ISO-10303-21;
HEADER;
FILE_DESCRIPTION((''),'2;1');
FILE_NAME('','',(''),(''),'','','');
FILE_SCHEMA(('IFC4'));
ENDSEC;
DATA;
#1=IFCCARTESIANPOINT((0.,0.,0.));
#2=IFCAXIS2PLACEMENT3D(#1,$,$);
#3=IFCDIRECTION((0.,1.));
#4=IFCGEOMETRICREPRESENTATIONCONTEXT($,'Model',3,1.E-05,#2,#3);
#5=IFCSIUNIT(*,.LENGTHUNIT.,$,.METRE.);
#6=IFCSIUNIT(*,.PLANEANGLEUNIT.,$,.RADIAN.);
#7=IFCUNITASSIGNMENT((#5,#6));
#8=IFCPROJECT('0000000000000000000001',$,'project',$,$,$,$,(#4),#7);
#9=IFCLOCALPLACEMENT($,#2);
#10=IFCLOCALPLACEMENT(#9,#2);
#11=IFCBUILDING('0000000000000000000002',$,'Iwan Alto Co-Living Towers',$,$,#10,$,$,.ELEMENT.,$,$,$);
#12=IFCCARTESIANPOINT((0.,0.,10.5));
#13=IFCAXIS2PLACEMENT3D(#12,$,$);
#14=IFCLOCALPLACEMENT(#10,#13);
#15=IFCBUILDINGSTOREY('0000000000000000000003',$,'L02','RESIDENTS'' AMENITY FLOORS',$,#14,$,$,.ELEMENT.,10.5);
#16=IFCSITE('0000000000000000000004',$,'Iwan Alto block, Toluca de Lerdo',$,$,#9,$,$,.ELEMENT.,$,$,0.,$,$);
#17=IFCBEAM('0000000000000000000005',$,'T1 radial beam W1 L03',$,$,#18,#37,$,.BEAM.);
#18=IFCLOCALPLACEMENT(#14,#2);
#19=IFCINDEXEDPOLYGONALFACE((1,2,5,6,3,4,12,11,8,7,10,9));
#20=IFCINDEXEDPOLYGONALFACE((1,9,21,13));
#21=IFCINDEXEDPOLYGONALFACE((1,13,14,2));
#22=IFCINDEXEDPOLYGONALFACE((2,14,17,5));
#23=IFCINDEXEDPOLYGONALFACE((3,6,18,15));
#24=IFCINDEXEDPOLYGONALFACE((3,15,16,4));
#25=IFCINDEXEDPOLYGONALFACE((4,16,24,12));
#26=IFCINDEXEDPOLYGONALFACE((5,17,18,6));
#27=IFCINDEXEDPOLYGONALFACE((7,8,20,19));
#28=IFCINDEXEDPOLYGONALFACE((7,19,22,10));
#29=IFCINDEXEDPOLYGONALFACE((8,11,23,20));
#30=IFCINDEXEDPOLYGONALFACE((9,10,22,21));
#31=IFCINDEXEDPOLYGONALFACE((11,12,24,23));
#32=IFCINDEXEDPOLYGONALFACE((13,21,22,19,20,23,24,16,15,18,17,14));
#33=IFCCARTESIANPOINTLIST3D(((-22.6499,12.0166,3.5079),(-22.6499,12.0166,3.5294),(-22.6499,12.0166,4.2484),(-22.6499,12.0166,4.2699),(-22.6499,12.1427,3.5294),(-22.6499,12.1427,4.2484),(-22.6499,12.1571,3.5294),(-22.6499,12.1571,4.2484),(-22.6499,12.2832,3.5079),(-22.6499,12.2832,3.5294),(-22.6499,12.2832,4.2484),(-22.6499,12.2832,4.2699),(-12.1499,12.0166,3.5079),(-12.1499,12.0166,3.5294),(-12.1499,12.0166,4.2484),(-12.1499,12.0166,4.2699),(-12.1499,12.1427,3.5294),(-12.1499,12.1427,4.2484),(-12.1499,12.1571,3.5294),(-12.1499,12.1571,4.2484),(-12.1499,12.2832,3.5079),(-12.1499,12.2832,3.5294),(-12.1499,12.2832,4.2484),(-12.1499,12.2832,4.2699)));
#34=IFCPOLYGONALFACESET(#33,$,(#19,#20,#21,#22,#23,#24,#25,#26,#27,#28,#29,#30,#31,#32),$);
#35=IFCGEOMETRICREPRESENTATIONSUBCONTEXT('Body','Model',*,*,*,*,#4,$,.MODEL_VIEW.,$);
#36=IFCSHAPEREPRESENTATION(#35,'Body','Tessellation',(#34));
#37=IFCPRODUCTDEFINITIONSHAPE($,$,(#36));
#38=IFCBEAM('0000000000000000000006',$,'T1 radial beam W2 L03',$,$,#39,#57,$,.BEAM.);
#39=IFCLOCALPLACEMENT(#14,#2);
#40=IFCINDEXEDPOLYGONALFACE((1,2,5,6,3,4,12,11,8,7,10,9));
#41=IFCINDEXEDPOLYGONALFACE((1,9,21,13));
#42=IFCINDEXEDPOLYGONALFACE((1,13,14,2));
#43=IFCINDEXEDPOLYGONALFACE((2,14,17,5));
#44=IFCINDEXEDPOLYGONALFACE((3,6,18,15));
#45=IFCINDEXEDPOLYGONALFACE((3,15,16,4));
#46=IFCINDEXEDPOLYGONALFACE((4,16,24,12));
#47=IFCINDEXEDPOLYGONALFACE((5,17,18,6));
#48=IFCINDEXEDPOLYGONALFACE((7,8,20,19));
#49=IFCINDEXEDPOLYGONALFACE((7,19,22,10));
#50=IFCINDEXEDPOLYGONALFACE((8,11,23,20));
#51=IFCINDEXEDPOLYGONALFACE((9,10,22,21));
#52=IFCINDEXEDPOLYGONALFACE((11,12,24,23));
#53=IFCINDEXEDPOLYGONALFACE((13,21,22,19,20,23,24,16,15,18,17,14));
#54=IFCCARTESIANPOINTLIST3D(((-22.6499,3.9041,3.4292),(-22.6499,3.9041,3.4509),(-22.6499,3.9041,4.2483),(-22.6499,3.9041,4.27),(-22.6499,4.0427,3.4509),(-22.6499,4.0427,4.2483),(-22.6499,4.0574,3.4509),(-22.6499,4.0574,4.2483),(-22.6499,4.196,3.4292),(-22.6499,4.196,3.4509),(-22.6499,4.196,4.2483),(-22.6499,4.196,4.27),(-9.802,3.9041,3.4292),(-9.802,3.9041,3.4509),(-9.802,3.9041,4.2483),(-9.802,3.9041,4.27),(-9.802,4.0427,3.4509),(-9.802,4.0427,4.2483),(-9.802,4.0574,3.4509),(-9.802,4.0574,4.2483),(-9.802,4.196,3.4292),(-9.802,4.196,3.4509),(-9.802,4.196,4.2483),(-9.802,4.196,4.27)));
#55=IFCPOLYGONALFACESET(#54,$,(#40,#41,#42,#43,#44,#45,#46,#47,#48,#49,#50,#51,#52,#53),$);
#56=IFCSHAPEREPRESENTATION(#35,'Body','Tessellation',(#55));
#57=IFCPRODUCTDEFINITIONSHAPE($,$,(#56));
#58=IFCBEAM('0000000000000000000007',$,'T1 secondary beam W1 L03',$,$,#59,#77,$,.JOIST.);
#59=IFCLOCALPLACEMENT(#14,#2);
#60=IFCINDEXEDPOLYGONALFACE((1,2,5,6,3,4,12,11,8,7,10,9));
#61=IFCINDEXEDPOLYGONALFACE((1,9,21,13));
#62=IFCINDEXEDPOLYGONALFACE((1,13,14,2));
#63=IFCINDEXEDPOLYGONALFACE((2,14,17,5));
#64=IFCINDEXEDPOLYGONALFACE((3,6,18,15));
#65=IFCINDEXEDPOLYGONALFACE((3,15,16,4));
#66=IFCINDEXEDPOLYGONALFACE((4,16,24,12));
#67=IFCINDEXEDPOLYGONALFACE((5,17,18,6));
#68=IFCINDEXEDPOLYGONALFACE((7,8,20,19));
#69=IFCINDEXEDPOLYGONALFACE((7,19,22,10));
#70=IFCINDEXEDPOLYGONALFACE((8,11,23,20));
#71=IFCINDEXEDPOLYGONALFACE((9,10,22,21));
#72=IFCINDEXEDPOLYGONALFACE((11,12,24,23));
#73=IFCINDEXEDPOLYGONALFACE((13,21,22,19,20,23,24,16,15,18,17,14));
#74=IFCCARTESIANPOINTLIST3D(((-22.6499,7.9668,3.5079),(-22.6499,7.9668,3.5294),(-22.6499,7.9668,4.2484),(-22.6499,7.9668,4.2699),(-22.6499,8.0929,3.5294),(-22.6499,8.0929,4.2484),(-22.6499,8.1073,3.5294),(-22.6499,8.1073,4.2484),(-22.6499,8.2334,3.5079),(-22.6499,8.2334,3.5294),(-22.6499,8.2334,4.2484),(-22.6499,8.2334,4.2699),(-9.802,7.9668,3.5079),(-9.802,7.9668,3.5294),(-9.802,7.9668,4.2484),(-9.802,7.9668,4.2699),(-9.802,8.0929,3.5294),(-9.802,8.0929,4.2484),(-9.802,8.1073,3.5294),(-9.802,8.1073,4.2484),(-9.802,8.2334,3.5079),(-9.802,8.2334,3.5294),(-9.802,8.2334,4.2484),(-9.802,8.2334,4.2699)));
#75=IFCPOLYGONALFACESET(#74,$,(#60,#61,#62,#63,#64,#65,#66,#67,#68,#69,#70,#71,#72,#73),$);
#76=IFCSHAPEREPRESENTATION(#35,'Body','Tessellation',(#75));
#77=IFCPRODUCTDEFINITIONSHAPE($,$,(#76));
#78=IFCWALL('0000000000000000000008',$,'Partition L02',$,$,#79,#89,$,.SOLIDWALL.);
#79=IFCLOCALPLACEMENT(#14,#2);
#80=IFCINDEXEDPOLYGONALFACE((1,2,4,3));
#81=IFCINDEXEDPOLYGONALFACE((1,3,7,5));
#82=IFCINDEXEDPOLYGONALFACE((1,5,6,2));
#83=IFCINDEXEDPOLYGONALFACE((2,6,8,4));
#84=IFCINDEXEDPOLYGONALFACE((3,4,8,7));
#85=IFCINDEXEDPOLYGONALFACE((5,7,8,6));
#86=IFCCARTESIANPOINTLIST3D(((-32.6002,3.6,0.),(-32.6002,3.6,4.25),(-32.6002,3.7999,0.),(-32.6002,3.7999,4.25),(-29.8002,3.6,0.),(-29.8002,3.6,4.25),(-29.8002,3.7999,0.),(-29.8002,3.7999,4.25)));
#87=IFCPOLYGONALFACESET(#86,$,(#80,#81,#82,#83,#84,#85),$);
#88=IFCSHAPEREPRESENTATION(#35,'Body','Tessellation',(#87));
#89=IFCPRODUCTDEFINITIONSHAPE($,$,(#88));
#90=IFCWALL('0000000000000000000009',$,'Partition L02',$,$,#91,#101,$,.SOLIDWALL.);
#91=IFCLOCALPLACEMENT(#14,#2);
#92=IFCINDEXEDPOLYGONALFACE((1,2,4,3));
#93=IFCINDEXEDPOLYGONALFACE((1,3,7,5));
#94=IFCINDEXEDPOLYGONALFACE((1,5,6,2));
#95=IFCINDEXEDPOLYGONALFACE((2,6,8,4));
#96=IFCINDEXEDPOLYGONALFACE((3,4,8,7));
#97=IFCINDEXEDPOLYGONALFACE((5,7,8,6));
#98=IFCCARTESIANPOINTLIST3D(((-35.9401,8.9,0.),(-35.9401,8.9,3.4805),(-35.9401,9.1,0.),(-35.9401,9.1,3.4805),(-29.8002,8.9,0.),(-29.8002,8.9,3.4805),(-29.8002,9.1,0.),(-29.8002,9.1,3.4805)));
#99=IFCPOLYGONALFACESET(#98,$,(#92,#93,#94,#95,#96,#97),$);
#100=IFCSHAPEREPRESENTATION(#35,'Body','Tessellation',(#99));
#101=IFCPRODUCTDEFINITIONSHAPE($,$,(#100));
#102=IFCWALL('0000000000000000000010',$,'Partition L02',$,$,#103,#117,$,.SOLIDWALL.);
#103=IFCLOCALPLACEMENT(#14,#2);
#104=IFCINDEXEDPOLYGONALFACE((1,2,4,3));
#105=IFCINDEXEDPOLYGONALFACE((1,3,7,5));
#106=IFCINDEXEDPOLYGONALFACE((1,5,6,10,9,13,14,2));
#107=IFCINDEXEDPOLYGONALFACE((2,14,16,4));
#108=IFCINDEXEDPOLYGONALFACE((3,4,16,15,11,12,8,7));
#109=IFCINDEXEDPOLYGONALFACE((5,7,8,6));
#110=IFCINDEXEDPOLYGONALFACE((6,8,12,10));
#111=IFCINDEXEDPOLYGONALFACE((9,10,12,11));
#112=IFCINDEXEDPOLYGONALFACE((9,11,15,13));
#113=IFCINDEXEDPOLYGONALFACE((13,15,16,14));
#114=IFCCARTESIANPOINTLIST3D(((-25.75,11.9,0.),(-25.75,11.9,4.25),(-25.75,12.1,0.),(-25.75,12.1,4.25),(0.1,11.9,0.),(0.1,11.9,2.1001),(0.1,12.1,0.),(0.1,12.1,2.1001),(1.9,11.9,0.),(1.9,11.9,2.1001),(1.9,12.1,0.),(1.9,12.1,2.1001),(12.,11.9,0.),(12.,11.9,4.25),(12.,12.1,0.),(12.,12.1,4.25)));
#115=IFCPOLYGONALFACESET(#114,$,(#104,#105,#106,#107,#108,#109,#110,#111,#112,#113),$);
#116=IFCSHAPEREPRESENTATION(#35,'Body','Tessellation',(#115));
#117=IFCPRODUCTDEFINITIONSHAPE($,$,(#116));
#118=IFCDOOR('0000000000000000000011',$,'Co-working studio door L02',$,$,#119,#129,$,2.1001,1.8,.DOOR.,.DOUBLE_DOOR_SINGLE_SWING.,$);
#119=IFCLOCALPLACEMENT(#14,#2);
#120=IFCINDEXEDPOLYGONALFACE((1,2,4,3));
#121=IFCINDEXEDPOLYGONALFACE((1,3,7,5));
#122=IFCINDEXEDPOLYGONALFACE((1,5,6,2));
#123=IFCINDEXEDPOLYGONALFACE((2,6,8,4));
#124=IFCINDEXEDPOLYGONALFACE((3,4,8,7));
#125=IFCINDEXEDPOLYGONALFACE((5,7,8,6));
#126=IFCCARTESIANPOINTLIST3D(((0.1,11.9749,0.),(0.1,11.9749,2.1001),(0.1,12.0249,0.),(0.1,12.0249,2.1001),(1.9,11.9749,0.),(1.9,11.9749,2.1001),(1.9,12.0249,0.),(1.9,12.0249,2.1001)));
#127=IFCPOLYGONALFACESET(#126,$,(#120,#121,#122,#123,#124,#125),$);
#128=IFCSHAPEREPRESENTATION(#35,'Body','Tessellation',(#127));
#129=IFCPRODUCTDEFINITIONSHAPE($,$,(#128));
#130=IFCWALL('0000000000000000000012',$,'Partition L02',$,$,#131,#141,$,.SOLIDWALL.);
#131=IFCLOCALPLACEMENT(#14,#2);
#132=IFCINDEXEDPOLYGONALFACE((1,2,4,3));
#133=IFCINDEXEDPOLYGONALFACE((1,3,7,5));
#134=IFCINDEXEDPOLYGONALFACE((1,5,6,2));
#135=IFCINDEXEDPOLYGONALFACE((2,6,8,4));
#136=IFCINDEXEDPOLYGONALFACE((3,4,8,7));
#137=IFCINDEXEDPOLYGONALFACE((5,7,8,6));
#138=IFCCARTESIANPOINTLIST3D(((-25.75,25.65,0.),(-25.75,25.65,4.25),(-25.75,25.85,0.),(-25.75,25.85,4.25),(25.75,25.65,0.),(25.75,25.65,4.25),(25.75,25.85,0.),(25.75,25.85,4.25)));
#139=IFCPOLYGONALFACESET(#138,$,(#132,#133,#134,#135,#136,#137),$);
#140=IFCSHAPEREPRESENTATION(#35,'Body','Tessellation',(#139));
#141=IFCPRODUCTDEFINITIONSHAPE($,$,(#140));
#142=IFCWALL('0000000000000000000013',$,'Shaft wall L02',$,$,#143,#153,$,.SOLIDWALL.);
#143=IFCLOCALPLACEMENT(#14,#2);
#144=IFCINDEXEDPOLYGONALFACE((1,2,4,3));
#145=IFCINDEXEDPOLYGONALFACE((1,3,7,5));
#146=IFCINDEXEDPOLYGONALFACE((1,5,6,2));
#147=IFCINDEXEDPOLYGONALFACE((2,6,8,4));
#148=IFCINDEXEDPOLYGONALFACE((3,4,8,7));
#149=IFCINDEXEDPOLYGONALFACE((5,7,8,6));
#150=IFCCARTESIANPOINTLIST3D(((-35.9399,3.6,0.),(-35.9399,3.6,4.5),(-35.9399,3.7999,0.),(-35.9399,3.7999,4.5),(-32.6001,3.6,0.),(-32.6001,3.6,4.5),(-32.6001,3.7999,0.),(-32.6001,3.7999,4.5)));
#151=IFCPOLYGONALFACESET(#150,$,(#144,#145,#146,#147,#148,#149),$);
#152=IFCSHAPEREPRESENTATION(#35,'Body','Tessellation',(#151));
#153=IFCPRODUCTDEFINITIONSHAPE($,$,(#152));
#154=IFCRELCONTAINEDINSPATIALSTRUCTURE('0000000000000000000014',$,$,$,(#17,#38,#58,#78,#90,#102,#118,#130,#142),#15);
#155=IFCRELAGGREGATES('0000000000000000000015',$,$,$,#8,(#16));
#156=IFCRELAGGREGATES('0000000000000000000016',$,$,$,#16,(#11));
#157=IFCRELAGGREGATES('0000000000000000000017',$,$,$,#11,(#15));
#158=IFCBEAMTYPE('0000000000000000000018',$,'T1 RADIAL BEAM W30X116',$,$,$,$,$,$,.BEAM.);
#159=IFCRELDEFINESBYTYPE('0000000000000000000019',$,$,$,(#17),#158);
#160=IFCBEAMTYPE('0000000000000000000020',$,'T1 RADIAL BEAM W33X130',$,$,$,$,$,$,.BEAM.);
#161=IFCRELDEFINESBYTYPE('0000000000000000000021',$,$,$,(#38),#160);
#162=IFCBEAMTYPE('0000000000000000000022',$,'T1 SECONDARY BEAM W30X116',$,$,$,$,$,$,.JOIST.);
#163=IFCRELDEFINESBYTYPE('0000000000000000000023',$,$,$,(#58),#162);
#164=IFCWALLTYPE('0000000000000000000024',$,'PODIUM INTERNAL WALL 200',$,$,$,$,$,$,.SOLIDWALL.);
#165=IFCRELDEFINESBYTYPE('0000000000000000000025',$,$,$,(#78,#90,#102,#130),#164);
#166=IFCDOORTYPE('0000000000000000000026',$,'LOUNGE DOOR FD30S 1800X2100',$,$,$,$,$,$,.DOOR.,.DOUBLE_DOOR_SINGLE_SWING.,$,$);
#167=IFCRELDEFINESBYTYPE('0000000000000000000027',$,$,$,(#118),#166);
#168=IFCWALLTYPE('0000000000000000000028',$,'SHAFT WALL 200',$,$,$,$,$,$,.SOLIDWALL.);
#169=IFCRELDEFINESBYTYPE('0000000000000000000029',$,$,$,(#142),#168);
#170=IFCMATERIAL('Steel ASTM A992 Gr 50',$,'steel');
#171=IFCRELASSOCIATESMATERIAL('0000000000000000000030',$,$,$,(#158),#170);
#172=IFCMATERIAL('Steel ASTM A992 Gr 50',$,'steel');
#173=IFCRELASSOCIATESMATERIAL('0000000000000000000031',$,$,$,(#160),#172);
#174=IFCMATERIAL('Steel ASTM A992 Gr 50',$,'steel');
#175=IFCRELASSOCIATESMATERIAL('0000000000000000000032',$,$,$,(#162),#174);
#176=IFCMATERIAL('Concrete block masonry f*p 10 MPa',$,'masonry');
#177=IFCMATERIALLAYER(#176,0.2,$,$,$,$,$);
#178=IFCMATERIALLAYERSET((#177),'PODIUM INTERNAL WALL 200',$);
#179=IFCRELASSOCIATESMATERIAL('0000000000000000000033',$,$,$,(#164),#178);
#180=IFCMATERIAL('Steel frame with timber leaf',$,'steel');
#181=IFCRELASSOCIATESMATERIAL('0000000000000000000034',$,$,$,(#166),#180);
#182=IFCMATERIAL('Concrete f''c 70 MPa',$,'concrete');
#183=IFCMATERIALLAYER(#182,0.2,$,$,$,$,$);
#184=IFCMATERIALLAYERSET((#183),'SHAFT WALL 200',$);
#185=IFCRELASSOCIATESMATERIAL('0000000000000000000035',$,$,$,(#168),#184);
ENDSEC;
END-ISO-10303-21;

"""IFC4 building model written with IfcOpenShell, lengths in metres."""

from ifc_helpers import new_model, si_unit, direction, frame, frame_2d, origin, origin_2d, place, context, subcontext, project, spatial, rectangle, i_section, extrude, material, layer, layer_set, material_profile, profile_set, type_object, element, fill, save


model = new_model("IFC4")

# Units and contexts
model_context = context("Model", 3, precision=1e-05, world=origin(), true_north=direction((0.0, 1.0)))
body_context = subcontext(model_context, "Body", "Model", "MODEL_VIEW")
ifc_project = project(units=[si_unit("LENGTHUNIT", "METRE"), si_unit("PLANEANGLEUNIT", "RADIAN")], contexts=[model_context])

# Site, building, storey
site_placement = place(None, origin())
site = spatial("IfcSite", under=ifc_project, at=site_placement, Name="Iwan Alto block, Toluca de Lerdo", CompositionType="ELEMENT", RefElevation=0.0)
building_placement = place(site_placement, origin())
building = spatial("IfcBuilding", under=site, at=building_placement, Name="Iwan Alto Co-Living Towers", CompositionType="ELEMENT")
storey_placement = place(building_placement, frame((0.0, 0.0, 10.5)))
storey = spatial("IfcBuildingStorey", under=building, at=storey_placement, Name="L02", Description="RESIDENTS' AMENITY FLOORS", CompositionType="ELEMENT", Elevation=10.5)

# Beams
ifc_material_1 = material(Name="Steel ASTM A992 Gr 50", Category="steel")
ifc_material_profile_1 = material_profile(ifc_material_1, i_section(OverallWidth=0.2666, OverallDepth=0.762, WebThickness=0.0144, FlangeThickness=0.0215, at=origin_2d()), Name="W30X116")
ifc_profile_set_1 = profile_set([ifc_material_profile_1], Name="Steel ASTM A992 Gr 50")
beam_type_1 = type_object("IfcBeamType", Name="T1 RADIAL BEAM W30X116", PredefinedType="BEAM", material=ifc_profile_set_1)
beam_1_placement = place(storey_placement, frame((-22.6499, 12.1499, 3.8889), z_axis=(1.0, 0.0, 0.0), x_axis=(0.0, 1.0, 0.0)))
element("IfcBeam", 1, at=beam_1_placement, inside=storey, type_object=beam_type_1, Name="T1 radial beam W1 L03", PredefinedType="BEAM", context=body_context, shape_type="SweptSolid", body=[
    extrude(i_section(OverallWidth=0.2666, OverallDepth=0.762, WebThickness=0.0144, FlangeThickness=0.0215, at=origin_2d()), origin(), (0.0, 0.0, 1.0), 10.5),
])
ifc_material_2 = material(Name="Steel ASTM A992 Gr 50", Category="steel")
ifc_material_profile_2 = material_profile(ifc_material_2, i_section(OverallWidth=0.292, OverallDepth=0.8408, WebThickness=0.0146, FlangeThickness=0.0217, at=origin_2d()), Name="W33X130")
ifc_profile_set_2 = profile_set([ifc_material_profile_2], Name="Steel ASTM A992 Gr 50")
beam_type_2 = type_object("IfcBeamType", Name="T1 RADIAL BEAM W33X130", PredefinedType="BEAM", material=ifc_profile_set_2)
beam_2_placement = place(storey_placement, frame((-22.6499, 4.05, 3.8496), z_axis=(1.0, 0.0, 0.0), x_axis=(0.0, 1.0, 0.0)))
element("IfcBeam", 2, at=beam_2_placement, inside=storey, type_object=beam_type_2, Name="T1 radial beam W2 L03", PredefinedType="BEAM", context=body_context, shape_type="SweptSolid", body=[
    extrude(i_section(OverallWidth=0.292, OverallDepth=0.8408, WebThickness=0.0146, FlangeThickness=0.0217, at=origin_2d()), origin(), (0.0, 0.0, 1.0), 12.8479),
])
ifc_material_3 = material(Name="Steel ASTM A992 Gr 50", Category="steel")
ifc_material_profile_3 = material_profile(ifc_material_3, i_section(OverallWidth=0.2666, OverallDepth=0.762, WebThickness=0.0144, FlangeThickness=0.0215, at=origin_2d()), Name="W30X116")
ifc_profile_set_3 = profile_set([ifc_material_profile_3], Name="Steel ASTM A992 Gr 50")
beam_type_3 = type_object("IfcBeamType", Name="T1 SECONDARY BEAM W30X116", PredefinedType="JOIST", material=ifc_profile_set_3)
beam_3_placement = place(storey_placement, frame((-22.6499, 8.1001, 3.8889), z_axis=(1.0, 0.0, 0.0), x_axis=(0.0, 1.0, 0.0)))
element("IfcBeam", 3, at=beam_3_placement, inside=storey, type_object=beam_type_3, Name="T1 secondary beam W1 L03", PredefinedType="JOIST", context=body_context, shape_type="SweptSolid", body=[
    extrude(i_section(OverallWidth=0.2666, OverallDepth=0.762, WebThickness=0.0144, FlangeThickness=0.0215, at=origin_2d()), origin(), (0.0, 0.0, 1.0), 12.8479),
])

# Walls
ifc_material_4 = material(Name="Concrete block masonry f*p 10 MPa", Category="masonry")
ifc_layer_1 = layer(ifc_material_4, 0.2)
ifc_layer_set_1 = layer_set([ifc_layer_1], Name="PODIUM INTERNAL WALL 200")
wall_type_1 = type_object("IfcWallType", Name="PODIUM INTERNAL WALL 200", PredefinedType="SOLIDWALL", material=ifc_layer_set_1)
wall_1_placement = place(storey_placement, frame((-32.6001, 3.7, 0.0), z_axis=(0.0, 0.0, 1.0), x_axis=(1.0, 0.0, 0.0)))
element("IfcWall", 4, at=wall_1_placement, inside=storey, type_object=wall_type_1, Name="Partition L02", PredefinedType="SOLIDWALL", context=body_context, shape_type="SweptSolid", body=[
    extrude(rectangle(XDim=2.8, YDim=0.2, at=frame_2d((1.3999, 0.0))), origin(), (0.0, 0.0, 1.0), 4.25),
])
wall_2_placement = place(storey_placement, frame((-35.9399, 9.0, 0.0), z_axis=(0.0, 0.0, 1.0), x_axis=(1.0, 0.0, 0.0)))
element("IfcWall", 5, at=wall_2_placement, inside=storey, type_object=wall_type_1, Name="Partition L02", PredefinedType="SOLIDWALL", context=body_context, shape_type="SweptSolid", body=[
    extrude(rectangle(XDim=6.1399, YDim=0.2, at=frame_2d((3.0698, 0.0))), origin(), (0.0, 0.0, 1.0), 3.4805),
])

# Wall, opening, door
wall_3_placement = place(storey_placement, frame((-25.75, 12.0, 0.0), z_axis=(0.0, 0.0, 1.0), x_axis=(1.0, 0.0, 0.0)))
wall_3 = element("IfcWall", 6, at=wall_3_placement, inside=storey, type_object=wall_type_1, Name="Partition L02", PredefinedType="SOLIDWALL", context=body_context, shape_type="SweptSolid", body=[
    extrude(rectangle(XDim=37.75, YDim=0.2, at=frame_2d((18.875, 0.0))), origin(), (0.0, 0.0, 1.0), 4.25),
])
opening_placement = place(wall_3_placement, frame((25.8501, 0.0, 0.0)))
opening = element("IfcOpeningElement", 7, at=opening_placement, cuts=wall_3, PredefinedType="OPENING", context=body_context, shape_type="SweptSolid", body=[
    extrude(rectangle(XDim=1.8, YDim=2.1001, at=frame_2d((0.8999, 1.05))), frame((0.0, 0.1099, 0.0), z_axis=(0.0, -1.0, 0.0), x_axis=(1.0, 0.0, 0.0)), (0.0, 0.0, 1.0), 0.22),
])
ifc_material_5 = material(Name="Steel frame with timber leaf", Category="steel")
door_type = type_object("IfcDoorType", Name="LOUNGE DOOR FD30S 1800X2100", OperationType="DOUBLE_DOOR_SINGLE_SWING", PredefinedType="DOOR", material=ifc_material_5)
door_placement = place(opening_placement, origin())
door = element("IfcDoor", 8, at=door_placement, inside=storey, type_object=door_type, Name="Co-working studio door L02", OperationType="DOUBLE_DOOR_SINGLE_SWING", OverallHeight=2.1001, OverallWidth=1.8, PredefinedType="DOOR", context=body_context, shape_type="SweptSolid", body=[
    extrude(rectangle(XDim=1.8, YDim=2.1001, at=frame_2d((0.8999, 1.05))), frame((0.0, 0.0249, 0.0), z_axis=(0.0, -1.0, 0.0), x_axis=(1.0, 0.0, 0.0)), (0.0, 0.0, 1.0), 0.05),
])
fill(opening, door)

# Walls
wall_4_placement = place(storey_placement, frame((-25.75, 25.75, 0.0), z_axis=(0.0, 0.0, 1.0), x_axis=(1.0, 0.0, 0.0)))
element("IfcWall", 9, at=wall_4_placement, inside=storey, type_object=wall_type_1, Name="Partition L02", PredefinedType="SOLIDWALL", context=body_context, shape_type="SweptSolid", body=[
    extrude(rectangle(XDim=51.5, YDim=0.2, at=frame_2d((25.75, 0.0))), origin(), (0.0, 0.0, 1.0), 4.25),
])
ifc_material_6 = material(Name="Concrete f'c 70 MPa", Category="concrete")
ifc_layer_2 = layer(ifc_material_6, 0.2)
ifc_layer_set_2 = layer_set([ifc_layer_2], Name="SHAFT WALL 200")
wall_type_2 = type_object("IfcWallType", Name="SHAFT WALL 200", PredefinedType="SOLIDWALL", material=ifc_layer_set_2)
wall_5_placement = place(storey_placement, frame((-35.9399, 3.7, 0.0), z_axis=(0.0, 0.0, 1.0), x_axis=(1.0, 0.0, 0.0)))
element("IfcWall", 10, at=wall_5_placement, inside=storey, type_object=wall_type_2, Name="Shaft wall L02", PredefinedType="SOLIDWALL", context=body_context, shape_type="SweptSolid", body=[
    extrude(rectangle(XDim=3.3398, YDim=0.2, at=frame_2d((1.6699, 0.0))), origin(), (0.0, 0.0, 1.0), 4.5),
])

save(model, "model.ifc")
